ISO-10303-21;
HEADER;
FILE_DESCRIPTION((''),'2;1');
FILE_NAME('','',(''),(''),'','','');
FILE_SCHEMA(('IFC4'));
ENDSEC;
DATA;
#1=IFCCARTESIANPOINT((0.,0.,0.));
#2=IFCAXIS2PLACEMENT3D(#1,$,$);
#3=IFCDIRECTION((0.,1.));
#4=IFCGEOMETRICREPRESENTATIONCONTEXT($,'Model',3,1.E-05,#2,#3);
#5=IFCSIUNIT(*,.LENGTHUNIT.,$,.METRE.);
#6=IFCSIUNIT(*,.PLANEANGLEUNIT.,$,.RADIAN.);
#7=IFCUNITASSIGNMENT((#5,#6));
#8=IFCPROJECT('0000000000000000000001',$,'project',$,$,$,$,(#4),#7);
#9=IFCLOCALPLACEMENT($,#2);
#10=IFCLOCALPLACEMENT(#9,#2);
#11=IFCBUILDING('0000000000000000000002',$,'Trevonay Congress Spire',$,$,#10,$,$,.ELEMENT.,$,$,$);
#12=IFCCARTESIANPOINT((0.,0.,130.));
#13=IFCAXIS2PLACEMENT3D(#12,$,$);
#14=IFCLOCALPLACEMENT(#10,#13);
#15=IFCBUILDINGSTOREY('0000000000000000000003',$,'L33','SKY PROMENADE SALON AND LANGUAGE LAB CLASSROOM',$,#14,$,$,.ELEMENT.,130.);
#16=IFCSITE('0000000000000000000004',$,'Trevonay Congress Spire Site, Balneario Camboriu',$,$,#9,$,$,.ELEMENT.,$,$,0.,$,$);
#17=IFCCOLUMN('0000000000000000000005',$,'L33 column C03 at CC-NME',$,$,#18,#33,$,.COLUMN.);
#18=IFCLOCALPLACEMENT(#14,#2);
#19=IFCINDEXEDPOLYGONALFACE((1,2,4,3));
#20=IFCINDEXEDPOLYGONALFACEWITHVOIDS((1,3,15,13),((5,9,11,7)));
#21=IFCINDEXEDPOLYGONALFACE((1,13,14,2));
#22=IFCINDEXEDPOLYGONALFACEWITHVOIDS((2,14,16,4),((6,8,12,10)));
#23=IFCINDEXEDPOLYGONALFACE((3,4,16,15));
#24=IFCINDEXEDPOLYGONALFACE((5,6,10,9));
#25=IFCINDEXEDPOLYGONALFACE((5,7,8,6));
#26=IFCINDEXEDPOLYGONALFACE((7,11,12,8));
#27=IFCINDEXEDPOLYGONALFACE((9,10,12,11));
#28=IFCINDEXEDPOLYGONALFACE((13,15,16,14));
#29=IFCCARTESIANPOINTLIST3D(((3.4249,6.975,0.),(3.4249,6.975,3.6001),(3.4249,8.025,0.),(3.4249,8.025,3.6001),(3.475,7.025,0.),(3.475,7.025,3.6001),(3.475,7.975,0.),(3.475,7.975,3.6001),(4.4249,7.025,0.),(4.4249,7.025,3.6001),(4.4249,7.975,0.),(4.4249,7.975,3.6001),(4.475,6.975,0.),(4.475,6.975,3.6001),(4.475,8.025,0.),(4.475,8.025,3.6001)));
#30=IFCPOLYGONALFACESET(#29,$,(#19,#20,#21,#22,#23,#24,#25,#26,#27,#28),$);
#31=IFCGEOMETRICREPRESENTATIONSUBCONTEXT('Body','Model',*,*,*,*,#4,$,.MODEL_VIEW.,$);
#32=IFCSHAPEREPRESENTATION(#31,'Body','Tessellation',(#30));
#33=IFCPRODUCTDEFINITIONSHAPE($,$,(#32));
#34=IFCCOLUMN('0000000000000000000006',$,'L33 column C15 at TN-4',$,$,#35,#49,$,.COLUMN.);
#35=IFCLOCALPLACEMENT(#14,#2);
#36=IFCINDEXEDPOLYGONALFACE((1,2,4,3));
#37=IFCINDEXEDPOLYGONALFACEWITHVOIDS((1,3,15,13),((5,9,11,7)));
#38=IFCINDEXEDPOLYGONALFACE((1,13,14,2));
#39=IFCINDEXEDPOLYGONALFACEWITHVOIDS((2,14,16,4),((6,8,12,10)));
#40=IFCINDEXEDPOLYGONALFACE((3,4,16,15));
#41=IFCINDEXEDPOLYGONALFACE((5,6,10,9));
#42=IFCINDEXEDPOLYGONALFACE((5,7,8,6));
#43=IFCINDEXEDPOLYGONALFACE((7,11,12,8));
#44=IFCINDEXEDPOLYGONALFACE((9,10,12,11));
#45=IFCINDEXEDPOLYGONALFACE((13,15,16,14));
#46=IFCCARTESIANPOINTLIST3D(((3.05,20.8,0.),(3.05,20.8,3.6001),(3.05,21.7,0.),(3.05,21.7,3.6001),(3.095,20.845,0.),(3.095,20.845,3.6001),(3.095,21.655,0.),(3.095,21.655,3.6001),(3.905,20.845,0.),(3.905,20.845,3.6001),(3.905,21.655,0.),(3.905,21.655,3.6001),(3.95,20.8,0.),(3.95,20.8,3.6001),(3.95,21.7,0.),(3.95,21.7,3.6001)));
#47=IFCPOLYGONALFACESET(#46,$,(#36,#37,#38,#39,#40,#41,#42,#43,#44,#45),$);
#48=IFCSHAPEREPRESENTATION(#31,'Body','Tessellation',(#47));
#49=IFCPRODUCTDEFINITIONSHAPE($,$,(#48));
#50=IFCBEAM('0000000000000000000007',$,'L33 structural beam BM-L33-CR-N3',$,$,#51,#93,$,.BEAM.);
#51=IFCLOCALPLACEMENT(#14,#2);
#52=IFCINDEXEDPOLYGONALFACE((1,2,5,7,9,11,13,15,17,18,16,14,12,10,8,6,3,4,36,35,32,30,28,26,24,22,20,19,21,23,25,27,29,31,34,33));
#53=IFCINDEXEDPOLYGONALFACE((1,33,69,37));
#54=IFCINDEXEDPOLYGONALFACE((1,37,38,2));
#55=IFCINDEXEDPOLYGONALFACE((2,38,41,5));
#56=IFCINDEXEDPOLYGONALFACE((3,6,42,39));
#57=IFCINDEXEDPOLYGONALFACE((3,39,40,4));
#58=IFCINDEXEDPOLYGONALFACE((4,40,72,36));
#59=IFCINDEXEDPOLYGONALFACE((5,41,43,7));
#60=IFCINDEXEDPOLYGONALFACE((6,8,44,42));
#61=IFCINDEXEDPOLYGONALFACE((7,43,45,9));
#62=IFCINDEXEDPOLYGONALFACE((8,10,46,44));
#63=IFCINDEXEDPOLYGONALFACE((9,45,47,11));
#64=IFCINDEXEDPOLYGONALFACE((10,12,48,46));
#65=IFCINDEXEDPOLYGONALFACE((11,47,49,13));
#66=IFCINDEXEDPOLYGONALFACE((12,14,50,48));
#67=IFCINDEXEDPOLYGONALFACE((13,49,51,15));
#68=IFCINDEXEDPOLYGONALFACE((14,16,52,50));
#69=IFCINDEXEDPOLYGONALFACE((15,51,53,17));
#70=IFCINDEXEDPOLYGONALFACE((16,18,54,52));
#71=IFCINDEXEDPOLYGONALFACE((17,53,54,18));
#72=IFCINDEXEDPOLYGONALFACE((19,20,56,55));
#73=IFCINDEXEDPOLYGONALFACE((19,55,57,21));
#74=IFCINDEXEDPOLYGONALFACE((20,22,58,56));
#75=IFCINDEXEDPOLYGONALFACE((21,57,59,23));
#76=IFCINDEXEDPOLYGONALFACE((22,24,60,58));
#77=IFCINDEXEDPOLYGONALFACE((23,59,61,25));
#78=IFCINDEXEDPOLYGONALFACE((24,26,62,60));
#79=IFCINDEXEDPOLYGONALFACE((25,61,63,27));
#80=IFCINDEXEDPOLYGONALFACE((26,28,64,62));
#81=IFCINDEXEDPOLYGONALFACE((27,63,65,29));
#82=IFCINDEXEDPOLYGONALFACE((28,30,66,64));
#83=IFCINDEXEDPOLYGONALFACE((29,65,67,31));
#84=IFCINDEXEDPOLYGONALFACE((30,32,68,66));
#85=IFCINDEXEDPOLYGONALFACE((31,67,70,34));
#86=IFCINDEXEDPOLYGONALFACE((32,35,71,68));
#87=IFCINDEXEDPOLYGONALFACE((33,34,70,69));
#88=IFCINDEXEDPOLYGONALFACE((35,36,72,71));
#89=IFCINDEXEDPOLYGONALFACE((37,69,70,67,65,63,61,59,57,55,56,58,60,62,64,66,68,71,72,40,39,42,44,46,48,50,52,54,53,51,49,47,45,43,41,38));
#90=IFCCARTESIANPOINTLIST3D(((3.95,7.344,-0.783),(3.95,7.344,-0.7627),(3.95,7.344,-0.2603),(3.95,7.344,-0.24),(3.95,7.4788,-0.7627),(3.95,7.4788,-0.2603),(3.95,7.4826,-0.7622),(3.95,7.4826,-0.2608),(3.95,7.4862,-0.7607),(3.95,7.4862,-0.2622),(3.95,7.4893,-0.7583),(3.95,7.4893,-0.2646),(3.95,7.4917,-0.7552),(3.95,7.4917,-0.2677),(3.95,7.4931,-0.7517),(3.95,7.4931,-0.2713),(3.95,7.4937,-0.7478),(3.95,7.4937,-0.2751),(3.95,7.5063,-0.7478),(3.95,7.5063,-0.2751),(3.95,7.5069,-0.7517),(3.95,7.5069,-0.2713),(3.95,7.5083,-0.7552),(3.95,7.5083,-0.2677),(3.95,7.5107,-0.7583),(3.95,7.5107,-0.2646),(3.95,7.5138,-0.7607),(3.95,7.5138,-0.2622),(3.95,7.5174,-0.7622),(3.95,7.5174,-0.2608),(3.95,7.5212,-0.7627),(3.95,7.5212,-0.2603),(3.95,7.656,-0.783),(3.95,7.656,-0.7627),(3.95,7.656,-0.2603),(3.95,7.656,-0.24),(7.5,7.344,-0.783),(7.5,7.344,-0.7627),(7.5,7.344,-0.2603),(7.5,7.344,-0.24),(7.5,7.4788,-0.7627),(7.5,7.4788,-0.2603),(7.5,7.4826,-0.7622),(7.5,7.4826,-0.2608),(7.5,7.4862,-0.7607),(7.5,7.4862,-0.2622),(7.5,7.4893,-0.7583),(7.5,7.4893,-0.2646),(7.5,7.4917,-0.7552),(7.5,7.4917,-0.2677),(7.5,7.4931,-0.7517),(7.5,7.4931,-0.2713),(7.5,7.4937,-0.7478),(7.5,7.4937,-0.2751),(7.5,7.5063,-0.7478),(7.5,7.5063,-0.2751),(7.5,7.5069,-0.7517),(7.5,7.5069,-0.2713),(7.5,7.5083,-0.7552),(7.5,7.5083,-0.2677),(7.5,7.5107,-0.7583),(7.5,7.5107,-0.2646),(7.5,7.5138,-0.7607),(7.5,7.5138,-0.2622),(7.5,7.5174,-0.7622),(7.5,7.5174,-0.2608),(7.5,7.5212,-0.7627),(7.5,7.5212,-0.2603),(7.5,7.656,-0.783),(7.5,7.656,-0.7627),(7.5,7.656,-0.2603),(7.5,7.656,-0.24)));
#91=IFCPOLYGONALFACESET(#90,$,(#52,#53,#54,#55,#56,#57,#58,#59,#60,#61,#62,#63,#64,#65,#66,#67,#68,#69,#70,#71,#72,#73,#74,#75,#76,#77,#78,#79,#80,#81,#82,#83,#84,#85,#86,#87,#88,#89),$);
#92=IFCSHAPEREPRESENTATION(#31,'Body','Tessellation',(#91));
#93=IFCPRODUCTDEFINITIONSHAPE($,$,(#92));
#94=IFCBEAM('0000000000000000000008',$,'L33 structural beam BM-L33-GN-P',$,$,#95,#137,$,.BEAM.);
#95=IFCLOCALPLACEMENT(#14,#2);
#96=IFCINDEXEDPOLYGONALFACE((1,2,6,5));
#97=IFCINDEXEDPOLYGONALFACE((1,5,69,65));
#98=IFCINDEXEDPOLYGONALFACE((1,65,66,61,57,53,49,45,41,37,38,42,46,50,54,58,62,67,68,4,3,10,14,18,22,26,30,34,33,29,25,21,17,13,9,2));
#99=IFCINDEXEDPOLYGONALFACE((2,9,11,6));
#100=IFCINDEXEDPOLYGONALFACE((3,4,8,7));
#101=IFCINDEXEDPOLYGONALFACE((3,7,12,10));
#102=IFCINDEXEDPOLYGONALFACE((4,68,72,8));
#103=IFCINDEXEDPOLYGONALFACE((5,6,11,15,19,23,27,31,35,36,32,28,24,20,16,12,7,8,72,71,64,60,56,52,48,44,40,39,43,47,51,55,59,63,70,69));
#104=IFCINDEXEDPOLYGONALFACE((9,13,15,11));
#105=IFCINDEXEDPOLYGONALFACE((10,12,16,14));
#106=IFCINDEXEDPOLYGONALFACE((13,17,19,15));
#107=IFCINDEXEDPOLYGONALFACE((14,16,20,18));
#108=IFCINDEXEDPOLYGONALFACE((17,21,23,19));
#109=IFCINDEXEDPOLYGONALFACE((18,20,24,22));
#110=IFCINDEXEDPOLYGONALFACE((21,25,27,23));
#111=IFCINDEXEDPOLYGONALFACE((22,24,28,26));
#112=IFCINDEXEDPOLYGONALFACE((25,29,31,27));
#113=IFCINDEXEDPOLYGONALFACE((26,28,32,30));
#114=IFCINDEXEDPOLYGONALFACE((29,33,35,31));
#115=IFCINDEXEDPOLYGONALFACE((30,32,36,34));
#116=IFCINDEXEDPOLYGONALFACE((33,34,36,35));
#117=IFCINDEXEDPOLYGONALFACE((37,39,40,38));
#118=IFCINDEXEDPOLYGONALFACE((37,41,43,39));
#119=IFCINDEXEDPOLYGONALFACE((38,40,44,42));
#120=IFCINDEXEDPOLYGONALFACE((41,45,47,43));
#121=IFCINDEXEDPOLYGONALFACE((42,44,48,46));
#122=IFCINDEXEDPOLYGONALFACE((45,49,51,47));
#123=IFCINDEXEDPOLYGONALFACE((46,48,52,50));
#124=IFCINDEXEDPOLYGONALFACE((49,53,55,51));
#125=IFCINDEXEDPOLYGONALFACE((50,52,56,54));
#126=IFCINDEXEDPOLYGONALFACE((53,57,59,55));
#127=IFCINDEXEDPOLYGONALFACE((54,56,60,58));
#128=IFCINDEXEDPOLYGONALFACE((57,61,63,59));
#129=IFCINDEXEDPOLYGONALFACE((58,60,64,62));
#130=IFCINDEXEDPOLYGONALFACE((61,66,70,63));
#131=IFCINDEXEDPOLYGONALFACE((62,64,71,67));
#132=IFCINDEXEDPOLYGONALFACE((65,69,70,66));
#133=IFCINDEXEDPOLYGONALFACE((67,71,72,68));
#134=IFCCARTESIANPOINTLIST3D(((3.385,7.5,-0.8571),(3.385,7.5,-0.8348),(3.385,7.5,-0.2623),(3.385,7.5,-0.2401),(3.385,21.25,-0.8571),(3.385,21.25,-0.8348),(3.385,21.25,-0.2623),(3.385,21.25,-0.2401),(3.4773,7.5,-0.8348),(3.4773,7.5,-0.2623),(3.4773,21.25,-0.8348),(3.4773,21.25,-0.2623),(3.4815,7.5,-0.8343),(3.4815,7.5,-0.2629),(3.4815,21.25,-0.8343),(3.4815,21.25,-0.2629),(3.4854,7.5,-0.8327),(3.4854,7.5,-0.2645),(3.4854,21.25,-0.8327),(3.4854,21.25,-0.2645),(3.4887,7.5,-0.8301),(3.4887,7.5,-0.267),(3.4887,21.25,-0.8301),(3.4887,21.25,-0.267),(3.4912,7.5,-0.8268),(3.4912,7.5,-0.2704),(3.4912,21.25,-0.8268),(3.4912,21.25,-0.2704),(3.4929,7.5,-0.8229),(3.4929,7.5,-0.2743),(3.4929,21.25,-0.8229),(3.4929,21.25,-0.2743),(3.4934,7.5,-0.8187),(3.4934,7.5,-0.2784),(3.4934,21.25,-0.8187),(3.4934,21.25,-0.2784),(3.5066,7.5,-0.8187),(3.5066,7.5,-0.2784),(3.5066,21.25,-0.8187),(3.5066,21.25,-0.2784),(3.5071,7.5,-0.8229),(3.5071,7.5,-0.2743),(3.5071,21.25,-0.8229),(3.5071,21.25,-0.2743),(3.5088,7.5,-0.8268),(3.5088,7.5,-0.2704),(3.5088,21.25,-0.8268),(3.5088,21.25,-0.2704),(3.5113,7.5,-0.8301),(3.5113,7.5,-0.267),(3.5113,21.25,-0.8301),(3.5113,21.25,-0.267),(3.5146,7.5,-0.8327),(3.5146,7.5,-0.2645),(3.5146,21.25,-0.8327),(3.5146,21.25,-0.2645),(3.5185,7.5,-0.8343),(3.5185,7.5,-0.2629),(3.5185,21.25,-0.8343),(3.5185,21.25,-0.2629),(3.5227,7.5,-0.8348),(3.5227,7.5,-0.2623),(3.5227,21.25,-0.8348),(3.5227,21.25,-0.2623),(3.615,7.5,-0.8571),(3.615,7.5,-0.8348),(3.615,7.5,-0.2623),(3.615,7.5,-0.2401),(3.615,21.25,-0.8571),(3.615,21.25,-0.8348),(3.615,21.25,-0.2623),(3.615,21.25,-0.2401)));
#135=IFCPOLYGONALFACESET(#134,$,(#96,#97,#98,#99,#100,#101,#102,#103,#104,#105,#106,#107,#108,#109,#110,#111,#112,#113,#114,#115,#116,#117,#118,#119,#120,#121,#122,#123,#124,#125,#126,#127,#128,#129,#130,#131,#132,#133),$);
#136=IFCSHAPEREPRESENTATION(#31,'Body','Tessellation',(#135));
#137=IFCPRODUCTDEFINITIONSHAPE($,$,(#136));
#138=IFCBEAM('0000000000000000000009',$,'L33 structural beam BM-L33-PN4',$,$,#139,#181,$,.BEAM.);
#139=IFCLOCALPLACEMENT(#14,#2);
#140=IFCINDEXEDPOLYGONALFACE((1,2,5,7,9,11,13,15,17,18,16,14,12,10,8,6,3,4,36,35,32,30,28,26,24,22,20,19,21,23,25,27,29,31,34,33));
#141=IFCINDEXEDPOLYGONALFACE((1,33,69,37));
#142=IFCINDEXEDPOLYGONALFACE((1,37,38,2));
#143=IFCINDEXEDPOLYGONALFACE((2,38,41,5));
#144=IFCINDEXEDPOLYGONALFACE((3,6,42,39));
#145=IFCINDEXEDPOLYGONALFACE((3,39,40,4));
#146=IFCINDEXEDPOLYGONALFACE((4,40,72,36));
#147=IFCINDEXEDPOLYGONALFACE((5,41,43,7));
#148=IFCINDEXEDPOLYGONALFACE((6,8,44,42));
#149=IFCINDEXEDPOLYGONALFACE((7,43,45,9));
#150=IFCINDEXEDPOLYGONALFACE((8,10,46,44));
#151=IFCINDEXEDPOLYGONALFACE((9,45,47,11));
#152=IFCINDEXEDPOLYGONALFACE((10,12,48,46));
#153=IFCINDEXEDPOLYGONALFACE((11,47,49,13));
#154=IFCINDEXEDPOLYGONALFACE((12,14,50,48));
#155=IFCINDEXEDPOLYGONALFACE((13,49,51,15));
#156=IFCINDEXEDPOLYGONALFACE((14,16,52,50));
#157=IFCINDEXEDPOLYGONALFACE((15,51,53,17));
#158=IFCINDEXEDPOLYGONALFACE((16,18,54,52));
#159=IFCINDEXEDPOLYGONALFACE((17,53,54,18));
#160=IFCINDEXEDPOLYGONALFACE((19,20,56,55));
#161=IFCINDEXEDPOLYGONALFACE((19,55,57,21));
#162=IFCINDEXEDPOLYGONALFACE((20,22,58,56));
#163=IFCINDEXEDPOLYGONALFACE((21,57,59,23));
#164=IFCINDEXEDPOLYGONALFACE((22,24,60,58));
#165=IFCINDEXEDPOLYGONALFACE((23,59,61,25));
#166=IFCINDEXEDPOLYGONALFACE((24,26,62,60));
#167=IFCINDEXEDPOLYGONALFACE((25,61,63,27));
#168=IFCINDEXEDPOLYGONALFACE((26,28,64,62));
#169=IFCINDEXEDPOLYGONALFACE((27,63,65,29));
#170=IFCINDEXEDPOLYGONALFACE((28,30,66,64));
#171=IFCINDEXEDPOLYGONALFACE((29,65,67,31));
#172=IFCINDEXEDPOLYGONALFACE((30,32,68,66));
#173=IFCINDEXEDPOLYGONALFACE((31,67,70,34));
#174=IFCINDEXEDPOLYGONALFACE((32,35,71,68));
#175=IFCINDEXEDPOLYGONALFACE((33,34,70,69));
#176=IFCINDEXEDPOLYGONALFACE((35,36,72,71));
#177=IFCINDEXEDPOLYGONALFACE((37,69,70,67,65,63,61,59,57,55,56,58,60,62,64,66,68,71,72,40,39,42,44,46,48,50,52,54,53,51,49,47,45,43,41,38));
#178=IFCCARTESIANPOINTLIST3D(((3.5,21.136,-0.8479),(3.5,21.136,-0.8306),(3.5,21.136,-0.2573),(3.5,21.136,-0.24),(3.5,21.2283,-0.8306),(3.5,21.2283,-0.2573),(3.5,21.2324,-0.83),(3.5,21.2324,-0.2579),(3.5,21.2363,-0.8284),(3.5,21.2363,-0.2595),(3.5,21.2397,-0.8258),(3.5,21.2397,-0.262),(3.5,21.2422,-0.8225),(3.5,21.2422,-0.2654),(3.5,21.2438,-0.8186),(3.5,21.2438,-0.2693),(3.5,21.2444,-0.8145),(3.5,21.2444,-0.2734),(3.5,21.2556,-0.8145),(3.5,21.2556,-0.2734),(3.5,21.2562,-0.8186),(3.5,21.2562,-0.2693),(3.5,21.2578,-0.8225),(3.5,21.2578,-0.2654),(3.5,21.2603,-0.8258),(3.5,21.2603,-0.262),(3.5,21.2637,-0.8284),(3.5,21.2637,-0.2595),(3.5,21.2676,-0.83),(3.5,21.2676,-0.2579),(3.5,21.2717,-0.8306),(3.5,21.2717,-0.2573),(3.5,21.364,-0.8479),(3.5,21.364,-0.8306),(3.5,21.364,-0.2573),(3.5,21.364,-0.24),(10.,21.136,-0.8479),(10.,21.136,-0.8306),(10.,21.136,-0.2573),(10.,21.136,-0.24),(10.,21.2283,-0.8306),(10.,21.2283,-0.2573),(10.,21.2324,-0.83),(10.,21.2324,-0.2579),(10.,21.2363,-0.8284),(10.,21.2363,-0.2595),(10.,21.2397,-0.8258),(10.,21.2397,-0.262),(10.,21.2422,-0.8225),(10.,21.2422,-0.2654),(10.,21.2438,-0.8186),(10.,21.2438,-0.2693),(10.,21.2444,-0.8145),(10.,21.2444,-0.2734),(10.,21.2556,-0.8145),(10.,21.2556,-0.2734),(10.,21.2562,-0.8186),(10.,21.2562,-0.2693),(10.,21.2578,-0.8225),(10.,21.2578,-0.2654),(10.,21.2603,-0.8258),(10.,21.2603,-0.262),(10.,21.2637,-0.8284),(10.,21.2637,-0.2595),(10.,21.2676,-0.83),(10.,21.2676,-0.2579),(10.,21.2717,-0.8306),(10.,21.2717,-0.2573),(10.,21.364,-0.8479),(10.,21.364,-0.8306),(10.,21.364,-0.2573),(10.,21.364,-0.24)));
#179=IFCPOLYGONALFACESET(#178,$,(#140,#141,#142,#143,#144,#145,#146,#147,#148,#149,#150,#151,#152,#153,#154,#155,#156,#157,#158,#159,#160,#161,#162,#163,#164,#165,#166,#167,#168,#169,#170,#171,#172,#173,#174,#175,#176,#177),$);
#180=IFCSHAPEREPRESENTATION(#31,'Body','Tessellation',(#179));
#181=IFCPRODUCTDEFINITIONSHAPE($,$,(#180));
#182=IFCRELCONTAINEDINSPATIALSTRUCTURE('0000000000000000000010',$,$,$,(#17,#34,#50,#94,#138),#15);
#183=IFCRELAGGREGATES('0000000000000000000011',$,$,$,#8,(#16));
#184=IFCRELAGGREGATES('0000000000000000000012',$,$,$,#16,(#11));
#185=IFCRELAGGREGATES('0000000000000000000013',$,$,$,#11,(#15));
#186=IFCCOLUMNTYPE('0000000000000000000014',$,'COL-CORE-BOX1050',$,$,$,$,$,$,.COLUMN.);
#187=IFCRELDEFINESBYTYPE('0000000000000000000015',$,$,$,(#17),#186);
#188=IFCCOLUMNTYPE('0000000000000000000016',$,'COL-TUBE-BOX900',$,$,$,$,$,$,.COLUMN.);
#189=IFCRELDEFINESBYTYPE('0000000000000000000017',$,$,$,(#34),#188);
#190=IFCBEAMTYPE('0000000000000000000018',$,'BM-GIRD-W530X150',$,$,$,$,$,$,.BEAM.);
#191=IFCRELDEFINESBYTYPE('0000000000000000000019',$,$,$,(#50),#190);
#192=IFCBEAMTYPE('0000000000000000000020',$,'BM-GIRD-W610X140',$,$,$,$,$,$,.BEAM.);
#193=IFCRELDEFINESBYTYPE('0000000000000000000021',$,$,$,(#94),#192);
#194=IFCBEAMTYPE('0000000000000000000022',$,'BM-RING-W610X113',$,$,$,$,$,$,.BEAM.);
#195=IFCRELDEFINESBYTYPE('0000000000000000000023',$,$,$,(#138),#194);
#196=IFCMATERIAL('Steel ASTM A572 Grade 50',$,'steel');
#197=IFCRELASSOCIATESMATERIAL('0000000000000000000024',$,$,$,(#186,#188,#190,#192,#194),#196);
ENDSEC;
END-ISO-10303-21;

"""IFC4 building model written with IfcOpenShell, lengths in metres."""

from ifc_helpers import new_model, si_unit, direction, frame, origin, origin_2d, place, context, subcontext, project, spatial, hollow_rectangle, i_section, extrude, material, material_profile, profile_set, type_object, element, save


model = new_model("IFC4")

# Units and contexts
model_context = context("Model", 3, precision=1e-05, world=origin(), true_north=direction((0.0, 1.0)))
body_context = subcontext(model_context, "Body", "Model", "MODEL_VIEW")
ifc_project = project(units=[si_unit("LENGTHUNIT", "METRE"), si_unit("PLANEANGLEUNIT", "RADIAN")], contexts=[model_context])

# Site, building, storey
site_placement = place(None, origin())
site = spatial("IfcSite", under=ifc_project, at=site_placement, Name="Trevonay Congress Spire Site, Balneario Camboriu", CompositionType="ELEMENT", RefElevation=0.0)
building_placement = place(site_placement, origin())
building = spatial("IfcBuilding", under=site, at=building_placement, Name="Trevonay Congress Spire", CompositionType="ELEMENT")
storey_placement = place(building_placement, frame((0.0, 0.0, 130.0)))
storey = spatial("IfcBuildingStorey", under=building, at=storey_placement, Name="L33", Description="SKY PROMENADE SALON AND LANGUAGE LAB CLASSROOM", CompositionType="ELEMENT", Elevation=130.0)

# Columns
ifc_material_1 = material(Name="Steel ASTM A572 Grade 50", Category="steel")
ifc_material_profile_1 = material_profile(ifc_material_1, hollow_rectangle(XDim=1.05, YDim=1.05, WallThickness=0.05, at=origin_2d()), Name="BOX 1050x1050x50")
ifc_profile_set_1 = profile_set([ifc_material_profile_1], Name="Steel ASTM A572 Grade 50")
column_type_1 = type_object("IfcColumnType", Name="COL-CORE-BOX1050", PredefinedType="COLUMN", material=ifc_profile_set_1)
column_1_placement = place(storey_placement, frame((3.95, 7.5, 0.0), z_axis=(0.0, 0.0, 1.0), x_axis=(1.0, 0.0, 0.0)))
element("IfcColumn", 1, at=column_1_placement, inside=storey, type_object=column_type_1, Name="L33 column C03 at CC-NME", PredefinedType="COLUMN", context=body_context, shape_type="SweptSolid", body=[
    extrude(hollow_rectangle(XDim=1.05, YDim=1.05, WallThickness=0.05, at=origin_2d()), origin(), (0.0, 0.0, 1.0), 3.6001),
])
ifc_material_profile_2 = material_profile(ifc_material_1, hollow_rectangle(XDim=0.8999, YDim=0.8999, WallThickness=0.0449, at=origin_2d()), Name="BOX 900x900x45")
ifc_profile_set_2 = profile_set([ifc_material_profile_2], Name="Steel ASTM A572 Grade 50")
column_type_2 = type_object("IfcColumnType", Name="COL-TUBE-BOX900", PredefinedType="COLUMN", material=ifc_profile_set_2)
column_2_placement = place(storey_placement, frame((3.5, 21.25, 0.0), z_axis=(0.0, 0.0, 1.0), x_axis=(1.0, 0.0, 0.0)))
element("IfcColumn", 2, at=column_2_placement, inside=storey, type_object=column_type_2, Name="L33 column C15 at TN-4", PredefinedType="COLUMN", context=body_context, shape_type="SweptSolid", body=[
    extrude(hollow_rectangle(XDim=0.8999, YDim=0.8999, WallThickness=0.0449, at=origin_2d()), origin(), (0.0, 0.0, 1.0), 3.6001),
])

# Beams
ifc_material_profile_3 = material_profile(ifc_material_1, i_section(OverallWidth=0.312, OverallDepth=0.543, WebThickness=0.0127, FlangeThickness=0.0203, FilletRadius=0.0149, at=origin_2d()), Name="W530x150")
ifc_profile_set_3 = profile_set([ifc_material_profile_3], Name="Steel ASTM A572 Grade 50")
beam_type_1 = type_object("IfcBeamType", Name="BM-GIRD-W530X150", PredefinedType="BEAM", material=ifc_profile_set_3)
beam_1_placement = place(storey_placement, frame((3.95, 7.5, -0.5115), z_axis=(1.0, 0.0, 0.0), x_axis=(0.0, 1.0, 0.0)))
element("IfcBeam", 3, at=beam_1_placement, inside=storey, type_object=beam_type_1, Name="L33 structural beam BM-L33-CR-N3", PredefinedType="BEAM", context=body_context, shape_type="SweptSolid", body=[
    extrude(i_section(OverallWidth=0.312, OverallDepth=0.543, WebThickness=0.0127, FlangeThickness=0.0203, FilletRadius=0.0149, at=origin_2d()), origin(), (0.0, 0.0, 1.0), 3.55),
])
ifc_material_profile_4 = material_profile(ifc_material_1, i_section(OverallWidth=0.23, OverallDepth=0.6169, WebThickness=0.0132, FlangeThickness=0.0222, FilletRadius=0.0161, at=origin_2d()), Name="W610x140")
ifc_profile_set_4 = profile_set([ifc_material_profile_4], Name="Steel ASTM A572 Grade 50")
beam_type_2 = type_object("IfcBeamType", Name="BM-GIRD-W610X140", PredefinedType="BEAM", material=ifc_profile_set_4)
beam_2_placement = place(storey_placement, frame((3.5, 7.5, -0.5486), z_axis=(0.0, 1.0, 0.0), x_axis=(-1.0, 0.0, 0.0)))
element("IfcBeam", 4, at=beam_2_placement, inside=storey, type_object=beam_type_2, Name="L33 structural beam BM-L33-GN-P", PredefinedType="BEAM", context=body_context, shape_type="SweptSolid", body=[
    extrude(i_section(OverallWidth=0.23, OverallDepth=0.6169, WebThickness=0.0132, FlangeThickness=0.0222, FilletRadius=0.0161, at=origin_2d()), origin(), (0.0, 0.0, 1.0), 13.75),
])
ifc_material_profile_5 = material_profile(ifc_material_1, i_section(OverallWidth=0.228, OverallDepth=0.6079, WebThickness=0.0112, FlangeThickness=0.0173, FilletRadius=0.0161, at=origin_2d()), Name="W610x113")
ifc_profile_set_5 = profile_set([ifc_material_profile_5], Name="Steel ASTM A572 Grade 50")
beam_type_3 = type_object("IfcBeamType", Name="BM-RING-W610X113", PredefinedType="BEAM", material=ifc_profile_set_5)
beam_3_placement = place(storey_placement, frame((3.5, 21.25, -0.5439), z_axis=(1.0, 0.0, 0.0), x_axis=(0.0, 1.0, 0.0)))
element("IfcBeam", 5, at=beam_3_placement, inside=storey, type_object=beam_type_3, Name="L33 structural beam BM-L33-PN4", PredefinedType="BEAM", context=body_context, shape_type="SweptSolid", body=[
    extrude(i_section(OverallWidth=0.228, OverallDepth=0.6079, WebThickness=0.0112, FlangeThickness=0.0173, FilletRadius=0.0161, at=origin_2d()), origin(), (0.0, 0.0, 1.0), 6.5),
])

save(model, "model.ifc")
